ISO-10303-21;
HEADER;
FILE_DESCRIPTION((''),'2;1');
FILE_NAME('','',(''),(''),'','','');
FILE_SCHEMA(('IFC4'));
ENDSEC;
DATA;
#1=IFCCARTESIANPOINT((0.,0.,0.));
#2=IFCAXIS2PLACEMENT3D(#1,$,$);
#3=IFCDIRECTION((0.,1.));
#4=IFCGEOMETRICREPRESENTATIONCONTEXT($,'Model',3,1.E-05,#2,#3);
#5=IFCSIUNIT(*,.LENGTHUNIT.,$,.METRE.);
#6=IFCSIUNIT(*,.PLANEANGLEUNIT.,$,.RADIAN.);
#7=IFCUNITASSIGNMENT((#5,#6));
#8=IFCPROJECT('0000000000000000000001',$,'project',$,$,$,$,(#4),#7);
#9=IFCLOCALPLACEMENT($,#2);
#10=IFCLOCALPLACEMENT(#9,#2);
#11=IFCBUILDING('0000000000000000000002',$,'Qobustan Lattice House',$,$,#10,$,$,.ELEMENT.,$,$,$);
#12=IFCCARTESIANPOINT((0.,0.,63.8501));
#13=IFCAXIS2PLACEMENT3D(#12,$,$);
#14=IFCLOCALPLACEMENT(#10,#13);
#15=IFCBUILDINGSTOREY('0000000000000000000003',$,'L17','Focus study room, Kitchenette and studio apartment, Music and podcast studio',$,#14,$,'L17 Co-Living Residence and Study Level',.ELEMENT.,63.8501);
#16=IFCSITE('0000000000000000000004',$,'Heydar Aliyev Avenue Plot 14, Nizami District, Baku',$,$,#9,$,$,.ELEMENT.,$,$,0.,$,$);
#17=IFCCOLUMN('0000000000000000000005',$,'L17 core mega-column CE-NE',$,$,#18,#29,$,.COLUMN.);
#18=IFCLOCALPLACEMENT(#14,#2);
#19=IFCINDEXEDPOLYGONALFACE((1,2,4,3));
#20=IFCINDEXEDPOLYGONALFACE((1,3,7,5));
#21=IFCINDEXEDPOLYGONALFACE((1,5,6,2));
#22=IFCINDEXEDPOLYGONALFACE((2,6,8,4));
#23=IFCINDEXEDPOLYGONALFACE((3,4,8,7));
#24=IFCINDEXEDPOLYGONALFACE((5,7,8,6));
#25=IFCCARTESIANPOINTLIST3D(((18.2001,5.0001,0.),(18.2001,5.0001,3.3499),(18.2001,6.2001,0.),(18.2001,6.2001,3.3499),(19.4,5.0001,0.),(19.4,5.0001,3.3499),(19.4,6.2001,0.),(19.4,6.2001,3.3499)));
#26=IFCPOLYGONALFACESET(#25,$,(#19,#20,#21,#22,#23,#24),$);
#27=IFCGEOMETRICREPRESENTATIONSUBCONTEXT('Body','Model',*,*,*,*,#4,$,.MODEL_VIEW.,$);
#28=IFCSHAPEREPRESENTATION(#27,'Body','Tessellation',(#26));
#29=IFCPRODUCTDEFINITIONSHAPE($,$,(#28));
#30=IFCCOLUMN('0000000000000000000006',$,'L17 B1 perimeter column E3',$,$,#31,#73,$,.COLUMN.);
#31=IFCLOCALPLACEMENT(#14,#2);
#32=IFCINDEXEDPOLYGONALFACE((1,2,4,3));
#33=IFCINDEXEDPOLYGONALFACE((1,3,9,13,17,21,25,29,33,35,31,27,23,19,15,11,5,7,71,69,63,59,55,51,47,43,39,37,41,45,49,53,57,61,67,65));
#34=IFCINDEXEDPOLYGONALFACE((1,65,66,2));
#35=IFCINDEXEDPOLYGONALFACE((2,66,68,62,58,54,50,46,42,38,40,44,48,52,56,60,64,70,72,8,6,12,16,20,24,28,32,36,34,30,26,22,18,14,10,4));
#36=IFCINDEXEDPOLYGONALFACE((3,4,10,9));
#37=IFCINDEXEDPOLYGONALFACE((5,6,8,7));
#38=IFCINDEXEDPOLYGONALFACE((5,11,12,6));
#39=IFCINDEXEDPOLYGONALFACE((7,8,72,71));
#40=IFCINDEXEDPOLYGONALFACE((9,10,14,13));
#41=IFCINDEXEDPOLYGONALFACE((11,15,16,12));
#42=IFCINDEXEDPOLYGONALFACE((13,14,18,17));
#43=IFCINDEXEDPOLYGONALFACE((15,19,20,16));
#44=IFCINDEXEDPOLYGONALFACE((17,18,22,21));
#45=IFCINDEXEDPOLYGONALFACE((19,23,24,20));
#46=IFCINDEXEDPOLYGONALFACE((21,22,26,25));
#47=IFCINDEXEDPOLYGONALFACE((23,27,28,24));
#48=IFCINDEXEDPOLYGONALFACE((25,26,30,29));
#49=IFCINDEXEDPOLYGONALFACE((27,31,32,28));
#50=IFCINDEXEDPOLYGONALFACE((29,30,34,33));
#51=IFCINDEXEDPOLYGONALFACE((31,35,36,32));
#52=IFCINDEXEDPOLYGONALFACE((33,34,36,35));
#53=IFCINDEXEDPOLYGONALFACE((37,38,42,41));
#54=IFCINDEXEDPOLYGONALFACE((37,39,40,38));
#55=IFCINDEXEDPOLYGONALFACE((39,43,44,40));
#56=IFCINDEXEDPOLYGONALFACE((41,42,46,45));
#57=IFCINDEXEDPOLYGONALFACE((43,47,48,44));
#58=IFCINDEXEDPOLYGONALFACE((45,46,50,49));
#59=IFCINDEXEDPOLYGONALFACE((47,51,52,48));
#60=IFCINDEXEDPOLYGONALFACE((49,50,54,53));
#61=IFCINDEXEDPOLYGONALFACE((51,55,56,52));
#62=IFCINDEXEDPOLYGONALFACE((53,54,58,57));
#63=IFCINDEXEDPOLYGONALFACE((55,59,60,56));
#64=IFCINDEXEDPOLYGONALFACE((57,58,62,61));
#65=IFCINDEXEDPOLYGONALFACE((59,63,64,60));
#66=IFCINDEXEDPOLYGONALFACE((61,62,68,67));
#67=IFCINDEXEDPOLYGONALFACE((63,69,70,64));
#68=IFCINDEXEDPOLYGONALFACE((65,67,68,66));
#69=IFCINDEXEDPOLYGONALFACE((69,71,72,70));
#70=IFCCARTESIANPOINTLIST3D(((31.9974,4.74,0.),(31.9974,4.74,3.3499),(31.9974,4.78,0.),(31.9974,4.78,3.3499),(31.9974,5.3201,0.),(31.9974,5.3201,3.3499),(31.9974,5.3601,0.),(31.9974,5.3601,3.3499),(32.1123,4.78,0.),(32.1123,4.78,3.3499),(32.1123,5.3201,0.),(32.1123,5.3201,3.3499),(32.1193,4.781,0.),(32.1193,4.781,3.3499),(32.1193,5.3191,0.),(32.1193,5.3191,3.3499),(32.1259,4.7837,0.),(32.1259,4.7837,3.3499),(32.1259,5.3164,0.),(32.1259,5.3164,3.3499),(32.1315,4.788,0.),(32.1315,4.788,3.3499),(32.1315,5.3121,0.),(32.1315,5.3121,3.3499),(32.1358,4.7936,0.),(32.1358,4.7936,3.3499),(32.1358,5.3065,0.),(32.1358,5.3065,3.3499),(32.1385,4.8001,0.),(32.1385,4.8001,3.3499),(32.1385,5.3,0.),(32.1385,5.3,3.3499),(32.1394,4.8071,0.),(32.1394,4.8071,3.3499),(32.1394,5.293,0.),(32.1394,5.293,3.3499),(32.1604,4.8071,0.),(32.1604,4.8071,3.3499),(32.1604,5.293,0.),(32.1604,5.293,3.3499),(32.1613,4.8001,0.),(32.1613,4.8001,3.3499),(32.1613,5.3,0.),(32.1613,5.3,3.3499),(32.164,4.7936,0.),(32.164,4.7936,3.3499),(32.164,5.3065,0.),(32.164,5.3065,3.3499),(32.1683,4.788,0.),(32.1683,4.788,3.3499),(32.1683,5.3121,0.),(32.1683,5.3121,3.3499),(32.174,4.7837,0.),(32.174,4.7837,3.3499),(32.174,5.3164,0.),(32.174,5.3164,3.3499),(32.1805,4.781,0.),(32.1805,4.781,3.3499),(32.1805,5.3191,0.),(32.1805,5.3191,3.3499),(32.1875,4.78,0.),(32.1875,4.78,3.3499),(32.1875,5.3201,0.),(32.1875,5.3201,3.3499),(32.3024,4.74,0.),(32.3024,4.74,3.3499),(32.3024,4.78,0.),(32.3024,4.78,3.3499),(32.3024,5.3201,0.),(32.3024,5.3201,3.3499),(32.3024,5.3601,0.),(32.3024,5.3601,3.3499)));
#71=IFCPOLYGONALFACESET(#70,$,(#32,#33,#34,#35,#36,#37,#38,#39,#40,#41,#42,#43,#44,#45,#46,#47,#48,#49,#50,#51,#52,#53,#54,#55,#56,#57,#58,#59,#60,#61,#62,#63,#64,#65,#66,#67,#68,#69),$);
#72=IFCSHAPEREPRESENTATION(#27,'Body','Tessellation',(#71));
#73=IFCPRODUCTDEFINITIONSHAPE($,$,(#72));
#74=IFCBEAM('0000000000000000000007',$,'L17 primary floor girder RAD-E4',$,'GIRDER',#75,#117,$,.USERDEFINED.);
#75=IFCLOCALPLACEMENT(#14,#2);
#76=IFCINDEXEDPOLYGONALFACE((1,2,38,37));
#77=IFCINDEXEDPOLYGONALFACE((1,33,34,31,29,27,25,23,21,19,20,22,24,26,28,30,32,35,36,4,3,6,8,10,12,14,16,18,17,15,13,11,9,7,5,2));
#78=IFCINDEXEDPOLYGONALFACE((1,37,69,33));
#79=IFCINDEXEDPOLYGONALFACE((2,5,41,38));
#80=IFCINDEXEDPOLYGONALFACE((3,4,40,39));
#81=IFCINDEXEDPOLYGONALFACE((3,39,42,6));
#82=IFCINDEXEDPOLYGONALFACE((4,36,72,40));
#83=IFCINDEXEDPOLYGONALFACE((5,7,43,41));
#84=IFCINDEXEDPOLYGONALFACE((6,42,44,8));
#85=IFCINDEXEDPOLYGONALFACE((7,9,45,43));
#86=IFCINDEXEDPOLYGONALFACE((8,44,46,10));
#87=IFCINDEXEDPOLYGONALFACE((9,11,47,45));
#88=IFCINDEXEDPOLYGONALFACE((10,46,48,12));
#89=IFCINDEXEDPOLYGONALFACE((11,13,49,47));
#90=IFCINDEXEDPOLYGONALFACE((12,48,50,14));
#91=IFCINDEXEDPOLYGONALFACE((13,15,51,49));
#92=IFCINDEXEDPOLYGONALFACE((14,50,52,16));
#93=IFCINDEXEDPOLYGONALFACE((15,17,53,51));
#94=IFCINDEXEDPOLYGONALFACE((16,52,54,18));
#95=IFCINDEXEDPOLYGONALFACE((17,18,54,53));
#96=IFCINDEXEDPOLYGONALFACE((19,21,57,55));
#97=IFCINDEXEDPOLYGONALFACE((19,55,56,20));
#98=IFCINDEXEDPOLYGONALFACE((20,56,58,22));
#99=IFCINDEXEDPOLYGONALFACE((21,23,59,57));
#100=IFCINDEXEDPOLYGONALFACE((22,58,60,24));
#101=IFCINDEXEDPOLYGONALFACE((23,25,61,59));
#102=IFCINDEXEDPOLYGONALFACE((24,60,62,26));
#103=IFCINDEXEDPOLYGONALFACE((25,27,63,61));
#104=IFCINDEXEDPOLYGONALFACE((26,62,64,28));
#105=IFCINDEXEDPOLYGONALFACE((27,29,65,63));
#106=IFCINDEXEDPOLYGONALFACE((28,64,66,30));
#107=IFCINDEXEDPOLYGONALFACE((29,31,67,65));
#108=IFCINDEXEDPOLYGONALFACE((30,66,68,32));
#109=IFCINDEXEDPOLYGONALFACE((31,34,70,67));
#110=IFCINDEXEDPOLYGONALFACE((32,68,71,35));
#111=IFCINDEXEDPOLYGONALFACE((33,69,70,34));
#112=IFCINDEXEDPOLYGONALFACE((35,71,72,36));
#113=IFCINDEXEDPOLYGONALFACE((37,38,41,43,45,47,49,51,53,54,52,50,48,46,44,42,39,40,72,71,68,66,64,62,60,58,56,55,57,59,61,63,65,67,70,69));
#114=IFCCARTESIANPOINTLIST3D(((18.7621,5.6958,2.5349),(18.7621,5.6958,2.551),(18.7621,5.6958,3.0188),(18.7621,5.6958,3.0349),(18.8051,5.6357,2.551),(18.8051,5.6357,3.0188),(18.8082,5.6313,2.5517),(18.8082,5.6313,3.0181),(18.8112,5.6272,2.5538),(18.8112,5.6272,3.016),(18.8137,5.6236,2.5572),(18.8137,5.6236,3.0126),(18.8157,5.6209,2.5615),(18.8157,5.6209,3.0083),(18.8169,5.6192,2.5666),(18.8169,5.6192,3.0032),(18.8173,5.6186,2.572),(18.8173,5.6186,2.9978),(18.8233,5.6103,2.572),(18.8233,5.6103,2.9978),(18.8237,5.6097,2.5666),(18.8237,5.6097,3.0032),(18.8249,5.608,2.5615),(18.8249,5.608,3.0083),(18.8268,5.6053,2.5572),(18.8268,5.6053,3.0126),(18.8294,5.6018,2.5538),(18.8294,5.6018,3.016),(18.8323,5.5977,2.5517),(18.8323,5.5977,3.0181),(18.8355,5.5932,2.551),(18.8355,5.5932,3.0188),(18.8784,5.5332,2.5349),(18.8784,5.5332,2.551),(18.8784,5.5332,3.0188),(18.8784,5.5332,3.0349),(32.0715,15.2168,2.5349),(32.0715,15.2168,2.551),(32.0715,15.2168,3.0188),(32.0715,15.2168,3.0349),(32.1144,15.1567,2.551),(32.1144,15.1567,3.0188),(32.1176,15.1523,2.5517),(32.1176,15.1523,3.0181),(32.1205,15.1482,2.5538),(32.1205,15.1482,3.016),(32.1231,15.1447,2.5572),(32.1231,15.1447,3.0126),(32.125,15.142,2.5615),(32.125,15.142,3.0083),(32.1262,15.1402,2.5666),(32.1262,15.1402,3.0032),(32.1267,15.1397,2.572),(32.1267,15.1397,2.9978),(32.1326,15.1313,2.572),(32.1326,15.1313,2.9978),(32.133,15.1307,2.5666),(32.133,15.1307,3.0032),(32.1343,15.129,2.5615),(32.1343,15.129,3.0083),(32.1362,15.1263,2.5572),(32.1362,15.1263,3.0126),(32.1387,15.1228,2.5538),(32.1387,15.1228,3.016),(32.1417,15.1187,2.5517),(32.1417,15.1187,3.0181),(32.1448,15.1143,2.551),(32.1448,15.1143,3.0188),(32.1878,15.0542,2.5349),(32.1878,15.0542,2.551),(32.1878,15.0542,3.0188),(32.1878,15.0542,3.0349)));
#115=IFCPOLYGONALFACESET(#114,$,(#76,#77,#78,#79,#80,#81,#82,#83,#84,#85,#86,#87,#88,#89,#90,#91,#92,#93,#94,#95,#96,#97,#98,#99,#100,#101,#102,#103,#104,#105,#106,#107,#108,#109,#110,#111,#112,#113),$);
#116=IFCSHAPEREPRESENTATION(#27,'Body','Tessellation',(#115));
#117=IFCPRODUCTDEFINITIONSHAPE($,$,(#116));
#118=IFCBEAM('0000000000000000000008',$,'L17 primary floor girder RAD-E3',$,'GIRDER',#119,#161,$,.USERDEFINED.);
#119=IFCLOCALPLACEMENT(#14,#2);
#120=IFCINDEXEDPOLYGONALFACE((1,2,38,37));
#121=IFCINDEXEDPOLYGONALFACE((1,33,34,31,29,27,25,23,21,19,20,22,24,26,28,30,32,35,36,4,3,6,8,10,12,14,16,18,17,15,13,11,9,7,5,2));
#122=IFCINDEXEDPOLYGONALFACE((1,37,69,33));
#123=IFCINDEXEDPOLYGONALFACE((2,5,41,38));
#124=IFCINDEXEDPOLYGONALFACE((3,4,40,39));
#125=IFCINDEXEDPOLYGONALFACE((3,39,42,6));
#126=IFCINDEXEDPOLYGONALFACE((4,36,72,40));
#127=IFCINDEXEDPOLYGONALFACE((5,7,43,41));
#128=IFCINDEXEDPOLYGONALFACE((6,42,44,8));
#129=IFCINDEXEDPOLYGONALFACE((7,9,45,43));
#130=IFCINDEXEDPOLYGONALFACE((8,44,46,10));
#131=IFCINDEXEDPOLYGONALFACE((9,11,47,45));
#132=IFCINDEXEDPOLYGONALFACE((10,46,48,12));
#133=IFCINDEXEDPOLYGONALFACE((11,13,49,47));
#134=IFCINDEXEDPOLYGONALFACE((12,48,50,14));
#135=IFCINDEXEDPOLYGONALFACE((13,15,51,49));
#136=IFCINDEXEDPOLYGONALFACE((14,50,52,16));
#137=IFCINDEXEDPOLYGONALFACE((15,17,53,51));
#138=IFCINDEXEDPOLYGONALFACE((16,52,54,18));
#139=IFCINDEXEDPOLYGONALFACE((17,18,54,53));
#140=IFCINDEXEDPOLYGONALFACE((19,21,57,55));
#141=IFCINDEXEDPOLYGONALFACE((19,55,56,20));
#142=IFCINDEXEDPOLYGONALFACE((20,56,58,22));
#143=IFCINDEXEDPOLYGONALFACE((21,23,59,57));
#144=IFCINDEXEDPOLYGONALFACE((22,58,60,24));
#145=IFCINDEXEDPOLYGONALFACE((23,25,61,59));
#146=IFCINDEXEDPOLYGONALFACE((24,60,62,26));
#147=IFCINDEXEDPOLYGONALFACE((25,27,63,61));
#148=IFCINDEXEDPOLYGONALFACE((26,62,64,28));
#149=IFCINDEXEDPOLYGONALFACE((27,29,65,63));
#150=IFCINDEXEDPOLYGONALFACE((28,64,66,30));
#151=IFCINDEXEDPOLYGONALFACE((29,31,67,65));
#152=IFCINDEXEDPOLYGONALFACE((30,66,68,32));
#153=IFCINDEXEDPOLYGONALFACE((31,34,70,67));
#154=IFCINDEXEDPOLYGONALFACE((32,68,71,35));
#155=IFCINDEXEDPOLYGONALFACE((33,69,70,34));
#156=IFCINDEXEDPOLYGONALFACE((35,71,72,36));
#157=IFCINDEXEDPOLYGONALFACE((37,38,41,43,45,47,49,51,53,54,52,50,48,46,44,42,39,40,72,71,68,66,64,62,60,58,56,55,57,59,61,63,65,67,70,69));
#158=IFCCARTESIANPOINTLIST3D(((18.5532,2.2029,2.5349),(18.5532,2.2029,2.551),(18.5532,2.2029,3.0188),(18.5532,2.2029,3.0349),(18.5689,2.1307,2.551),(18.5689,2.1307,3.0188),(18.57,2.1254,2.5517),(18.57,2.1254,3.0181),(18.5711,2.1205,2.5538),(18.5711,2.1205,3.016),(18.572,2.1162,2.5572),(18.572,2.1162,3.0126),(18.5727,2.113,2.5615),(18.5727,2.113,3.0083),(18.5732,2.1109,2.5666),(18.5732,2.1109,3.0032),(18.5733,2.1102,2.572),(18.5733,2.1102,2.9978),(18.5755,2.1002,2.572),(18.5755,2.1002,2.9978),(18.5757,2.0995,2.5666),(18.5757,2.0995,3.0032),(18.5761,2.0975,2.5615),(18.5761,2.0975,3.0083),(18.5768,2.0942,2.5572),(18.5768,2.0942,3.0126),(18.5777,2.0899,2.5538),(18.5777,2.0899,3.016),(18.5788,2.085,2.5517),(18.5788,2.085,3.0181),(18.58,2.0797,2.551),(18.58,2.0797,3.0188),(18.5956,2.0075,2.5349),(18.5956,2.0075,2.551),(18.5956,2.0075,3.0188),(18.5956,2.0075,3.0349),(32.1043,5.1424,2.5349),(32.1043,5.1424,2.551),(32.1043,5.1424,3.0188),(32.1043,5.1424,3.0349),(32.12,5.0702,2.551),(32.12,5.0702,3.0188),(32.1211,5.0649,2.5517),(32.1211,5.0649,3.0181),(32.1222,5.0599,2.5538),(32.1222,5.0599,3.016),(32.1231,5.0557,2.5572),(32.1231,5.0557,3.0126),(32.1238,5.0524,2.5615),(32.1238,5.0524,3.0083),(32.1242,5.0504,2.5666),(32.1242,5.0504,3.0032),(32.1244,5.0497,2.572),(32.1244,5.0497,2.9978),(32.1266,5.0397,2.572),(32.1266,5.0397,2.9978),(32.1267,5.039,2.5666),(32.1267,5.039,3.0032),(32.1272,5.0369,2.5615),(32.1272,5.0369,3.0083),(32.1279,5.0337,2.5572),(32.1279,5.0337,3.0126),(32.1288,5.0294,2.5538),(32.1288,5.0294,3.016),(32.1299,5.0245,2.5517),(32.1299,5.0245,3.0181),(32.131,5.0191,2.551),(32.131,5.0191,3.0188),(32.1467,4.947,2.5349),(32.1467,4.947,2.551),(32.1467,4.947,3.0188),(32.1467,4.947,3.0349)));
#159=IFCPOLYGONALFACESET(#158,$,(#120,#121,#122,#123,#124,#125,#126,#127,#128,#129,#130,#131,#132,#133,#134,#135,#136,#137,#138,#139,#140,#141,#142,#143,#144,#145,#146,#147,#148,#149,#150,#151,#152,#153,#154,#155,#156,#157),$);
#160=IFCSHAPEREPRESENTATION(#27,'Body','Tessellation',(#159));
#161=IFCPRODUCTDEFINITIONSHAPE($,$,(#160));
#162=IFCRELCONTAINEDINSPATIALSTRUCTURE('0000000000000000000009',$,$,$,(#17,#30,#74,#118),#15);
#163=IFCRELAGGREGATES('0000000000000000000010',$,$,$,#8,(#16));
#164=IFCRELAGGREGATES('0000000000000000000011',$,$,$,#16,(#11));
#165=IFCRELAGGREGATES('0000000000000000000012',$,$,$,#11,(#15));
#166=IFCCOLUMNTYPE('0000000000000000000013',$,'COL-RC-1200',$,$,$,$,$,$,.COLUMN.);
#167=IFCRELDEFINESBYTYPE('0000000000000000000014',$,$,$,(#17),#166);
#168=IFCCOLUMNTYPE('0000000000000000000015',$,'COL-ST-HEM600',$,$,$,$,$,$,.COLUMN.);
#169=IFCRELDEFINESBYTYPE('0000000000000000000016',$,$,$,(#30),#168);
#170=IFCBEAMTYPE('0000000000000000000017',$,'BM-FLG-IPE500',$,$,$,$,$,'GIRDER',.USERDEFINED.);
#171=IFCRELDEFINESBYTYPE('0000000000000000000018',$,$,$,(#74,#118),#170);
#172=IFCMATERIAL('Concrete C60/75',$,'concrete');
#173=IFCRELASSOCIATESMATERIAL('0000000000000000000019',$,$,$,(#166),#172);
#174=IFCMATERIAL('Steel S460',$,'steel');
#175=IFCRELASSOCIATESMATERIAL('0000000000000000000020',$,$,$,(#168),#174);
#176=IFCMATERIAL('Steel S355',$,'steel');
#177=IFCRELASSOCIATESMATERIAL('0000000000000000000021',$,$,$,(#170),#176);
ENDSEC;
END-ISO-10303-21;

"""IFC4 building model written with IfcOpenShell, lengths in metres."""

from ifc_helpers import new_model, si_unit, direction, frame, origin, origin_2d, place, context, subcontext, project, spatial, rectangle, i_section, extrude, material, material_profile, profile_set, type_object, element, save


model = new_model("IFC4")

# Units and contexts
model_context = context("Model", 3, precision=1e-05, world=origin(), true_north=direction((0.0, 1.0)))
body_context = subcontext(model_context, "Body", "Model", "MODEL_VIEW")
ifc_project = project(units=[si_unit("LENGTHUNIT", "METRE"), si_unit("PLANEANGLEUNIT", "RADIAN")], contexts=[model_context])

# Site, building, storey
site_placement = place(None, origin())
site = spatial("IfcSite", under=ifc_project, at=site_placement, Name="Heydar Aliyev Avenue Plot 14, Nizami District, Baku", CompositionType="ELEMENT", RefElevation=0.0)
building_placement = place(site_placement, origin())
building = spatial("IfcBuilding", under=site, at=building_placement, Name="Qobustan Lattice House", CompositionType="ELEMENT")
storey_placement = place(building_placement, frame((0.0, 0.0, 63.8501)))
storey = spatial("IfcBuildingStorey", under=building, at=storey_placement, Name="L17", Description="Focus study room, Kitchenette and studio apartment, Music and podcast studio", LongName="L17 Co-Living Residence and Study Level", CompositionType="ELEMENT", Elevation=63.8501)

# Columns
ifc_material_1 = material(Name="Concrete C60/75", Category="concrete")
ifc_material_profile_1 = material_profile(ifc_material_1, rectangle(XDim=1.2, YDim=1.2, at=origin_2d()), Name="RC1200x1200")
ifc_profile_set_1 = profile_set([ifc_material_profile_1], Name="Concrete C60/75")
column_type_1 = type_object("IfcColumnType", Name="COL-RC-1200", PredefinedType="COLUMN", material=ifc_profile_set_1)
column_1_placement = place(storey_placement, frame((18.8, 5.6001, 0.0), z_axis=(0.0, 0.0, 1.0), x_axis=(1.0, 0.0, 0.0)))
element("IfcColumn", 1, at=column_1_placement, inside=storey, type_object=column_type_1, Name="L17 core mega-column CE-NE", PredefinedType="COLUMN", context=body_context, shape_type="SweptSolid", body=[
    extrude(rectangle(XDim=1.2, YDim=1.2, at=origin_2d()), origin(), (0.0, 0.0, 1.0), 3.3499),
])
ifc_material_2 = material(Name="Steel S460", Category="steel")
ifc_material_profile_2 = material_profile(ifc_material_2, i_section(OverallWidth=0.3049, OverallDepth=0.6201, WebThickness=0.021, FlangeThickness=0.04, FilletRadius=0.0271, at=origin_2d()), Name="HEM600")
ifc_profile_set_2 = profile_set([ifc_material_profile_2], Name="Steel S460")
column_type_2 = type_object("IfcColumnType", Name="COL-ST-HEM600", PredefinedType="COLUMN", material=ifc_profile_set_2)
column_2_placement = place(storey_placement, frame((32.1499, 5.05, 0.0), z_axis=(0.0, 0.0, 1.0), x_axis=(1.0, 0.0, 0.0)))
element("IfcColumn", 2, at=column_2_placement, inside=storey, type_object=column_type_2, Name="L17 B1 perimeter column E3", PredefinedType="COLUMN", context=body_context, shape_type="SweptSolid", body=[
    extrude(i_section(OverallWidth=0.3049, OverallDepth=0.6201, WebThickness=0.021, FlangeThickness=0.04, FilletRadius=0.0271, at=origin_2d()), origin(), (0.0, 0.0, 1.0), 3.3499),
])

# Beams
ifc_material_3 = material(Name="Steel S355", Category="steel")
ifc_material_profile_3 = material_profile(ifc_material_3, i_section(OverallWidth=0.2, OverallDepth=0.5, WebThickness=0.0103, FlangeThickness=0.0161, FilletRadius=0.021, at=origin_2d()), Name="IPE500")
ifc_profile_set_3 = profile_set([ifc_material_profile_3], Name="Steel S355")
beam_type_1 = type_object("IfcBeamType", Name="BM-FLG-IPE500", ElementType="GIRDER", PredefinedType="USERDEFINED", material=ifc_profile_set_3)
beam_1_placement = place(storey_placement, frame((32.1296, 15.1355, 2.7849), z_axis=(-0.813319, -0.581818, 0.0), x_axis=(0.581818, -0.813319, 0.0)))
element("IfcBeam", 3, at=beam_1_placement, inside=storey, type_object=beam_type_1, Name="L17 primary floor girder RAD-E4", ObjectType="GIRDER", PredefinedType="USERDEFINED", context=body_context, shape_type="SweptSolid", body=[
    extrude(i_section(OverallWidth=0.2, OverallDepth=0.5, WebThickness=0.0103, FlangeThickness=0.0161, FilletRadius=0.021, at=origin_2d()), origin(), (0.0, 0.0, 1.0), 16.3643),
])
beam_2_placement = place(storey_placement, frame((32.1255, 5.0447, 2.7849), z_axis=(-0.977272, -0.211987, 0.0), x_axis=(0.211987, -0.977272, 0.0)))
element("IfcBeam", 4, at=beam_2_placement, inside=storey, type_object=beam_type_1, Name="L17 primary floor girder RAD-E3", ObjectType="GIRDER", PredefinedType="USERDEFINED", context=body_context, shape_type="SweptSolid", body=[
    extrude(i_section(OverallWidth=0.2, OverallDepth=0.5, WebThickness=0.0103, FlangeThickness=0.0161, FilletRadius=0.021, at=origin_2d()), origin(), (0.0, 0.0, 1.0), 13.8662),
])

save(model, "model.ifc")
